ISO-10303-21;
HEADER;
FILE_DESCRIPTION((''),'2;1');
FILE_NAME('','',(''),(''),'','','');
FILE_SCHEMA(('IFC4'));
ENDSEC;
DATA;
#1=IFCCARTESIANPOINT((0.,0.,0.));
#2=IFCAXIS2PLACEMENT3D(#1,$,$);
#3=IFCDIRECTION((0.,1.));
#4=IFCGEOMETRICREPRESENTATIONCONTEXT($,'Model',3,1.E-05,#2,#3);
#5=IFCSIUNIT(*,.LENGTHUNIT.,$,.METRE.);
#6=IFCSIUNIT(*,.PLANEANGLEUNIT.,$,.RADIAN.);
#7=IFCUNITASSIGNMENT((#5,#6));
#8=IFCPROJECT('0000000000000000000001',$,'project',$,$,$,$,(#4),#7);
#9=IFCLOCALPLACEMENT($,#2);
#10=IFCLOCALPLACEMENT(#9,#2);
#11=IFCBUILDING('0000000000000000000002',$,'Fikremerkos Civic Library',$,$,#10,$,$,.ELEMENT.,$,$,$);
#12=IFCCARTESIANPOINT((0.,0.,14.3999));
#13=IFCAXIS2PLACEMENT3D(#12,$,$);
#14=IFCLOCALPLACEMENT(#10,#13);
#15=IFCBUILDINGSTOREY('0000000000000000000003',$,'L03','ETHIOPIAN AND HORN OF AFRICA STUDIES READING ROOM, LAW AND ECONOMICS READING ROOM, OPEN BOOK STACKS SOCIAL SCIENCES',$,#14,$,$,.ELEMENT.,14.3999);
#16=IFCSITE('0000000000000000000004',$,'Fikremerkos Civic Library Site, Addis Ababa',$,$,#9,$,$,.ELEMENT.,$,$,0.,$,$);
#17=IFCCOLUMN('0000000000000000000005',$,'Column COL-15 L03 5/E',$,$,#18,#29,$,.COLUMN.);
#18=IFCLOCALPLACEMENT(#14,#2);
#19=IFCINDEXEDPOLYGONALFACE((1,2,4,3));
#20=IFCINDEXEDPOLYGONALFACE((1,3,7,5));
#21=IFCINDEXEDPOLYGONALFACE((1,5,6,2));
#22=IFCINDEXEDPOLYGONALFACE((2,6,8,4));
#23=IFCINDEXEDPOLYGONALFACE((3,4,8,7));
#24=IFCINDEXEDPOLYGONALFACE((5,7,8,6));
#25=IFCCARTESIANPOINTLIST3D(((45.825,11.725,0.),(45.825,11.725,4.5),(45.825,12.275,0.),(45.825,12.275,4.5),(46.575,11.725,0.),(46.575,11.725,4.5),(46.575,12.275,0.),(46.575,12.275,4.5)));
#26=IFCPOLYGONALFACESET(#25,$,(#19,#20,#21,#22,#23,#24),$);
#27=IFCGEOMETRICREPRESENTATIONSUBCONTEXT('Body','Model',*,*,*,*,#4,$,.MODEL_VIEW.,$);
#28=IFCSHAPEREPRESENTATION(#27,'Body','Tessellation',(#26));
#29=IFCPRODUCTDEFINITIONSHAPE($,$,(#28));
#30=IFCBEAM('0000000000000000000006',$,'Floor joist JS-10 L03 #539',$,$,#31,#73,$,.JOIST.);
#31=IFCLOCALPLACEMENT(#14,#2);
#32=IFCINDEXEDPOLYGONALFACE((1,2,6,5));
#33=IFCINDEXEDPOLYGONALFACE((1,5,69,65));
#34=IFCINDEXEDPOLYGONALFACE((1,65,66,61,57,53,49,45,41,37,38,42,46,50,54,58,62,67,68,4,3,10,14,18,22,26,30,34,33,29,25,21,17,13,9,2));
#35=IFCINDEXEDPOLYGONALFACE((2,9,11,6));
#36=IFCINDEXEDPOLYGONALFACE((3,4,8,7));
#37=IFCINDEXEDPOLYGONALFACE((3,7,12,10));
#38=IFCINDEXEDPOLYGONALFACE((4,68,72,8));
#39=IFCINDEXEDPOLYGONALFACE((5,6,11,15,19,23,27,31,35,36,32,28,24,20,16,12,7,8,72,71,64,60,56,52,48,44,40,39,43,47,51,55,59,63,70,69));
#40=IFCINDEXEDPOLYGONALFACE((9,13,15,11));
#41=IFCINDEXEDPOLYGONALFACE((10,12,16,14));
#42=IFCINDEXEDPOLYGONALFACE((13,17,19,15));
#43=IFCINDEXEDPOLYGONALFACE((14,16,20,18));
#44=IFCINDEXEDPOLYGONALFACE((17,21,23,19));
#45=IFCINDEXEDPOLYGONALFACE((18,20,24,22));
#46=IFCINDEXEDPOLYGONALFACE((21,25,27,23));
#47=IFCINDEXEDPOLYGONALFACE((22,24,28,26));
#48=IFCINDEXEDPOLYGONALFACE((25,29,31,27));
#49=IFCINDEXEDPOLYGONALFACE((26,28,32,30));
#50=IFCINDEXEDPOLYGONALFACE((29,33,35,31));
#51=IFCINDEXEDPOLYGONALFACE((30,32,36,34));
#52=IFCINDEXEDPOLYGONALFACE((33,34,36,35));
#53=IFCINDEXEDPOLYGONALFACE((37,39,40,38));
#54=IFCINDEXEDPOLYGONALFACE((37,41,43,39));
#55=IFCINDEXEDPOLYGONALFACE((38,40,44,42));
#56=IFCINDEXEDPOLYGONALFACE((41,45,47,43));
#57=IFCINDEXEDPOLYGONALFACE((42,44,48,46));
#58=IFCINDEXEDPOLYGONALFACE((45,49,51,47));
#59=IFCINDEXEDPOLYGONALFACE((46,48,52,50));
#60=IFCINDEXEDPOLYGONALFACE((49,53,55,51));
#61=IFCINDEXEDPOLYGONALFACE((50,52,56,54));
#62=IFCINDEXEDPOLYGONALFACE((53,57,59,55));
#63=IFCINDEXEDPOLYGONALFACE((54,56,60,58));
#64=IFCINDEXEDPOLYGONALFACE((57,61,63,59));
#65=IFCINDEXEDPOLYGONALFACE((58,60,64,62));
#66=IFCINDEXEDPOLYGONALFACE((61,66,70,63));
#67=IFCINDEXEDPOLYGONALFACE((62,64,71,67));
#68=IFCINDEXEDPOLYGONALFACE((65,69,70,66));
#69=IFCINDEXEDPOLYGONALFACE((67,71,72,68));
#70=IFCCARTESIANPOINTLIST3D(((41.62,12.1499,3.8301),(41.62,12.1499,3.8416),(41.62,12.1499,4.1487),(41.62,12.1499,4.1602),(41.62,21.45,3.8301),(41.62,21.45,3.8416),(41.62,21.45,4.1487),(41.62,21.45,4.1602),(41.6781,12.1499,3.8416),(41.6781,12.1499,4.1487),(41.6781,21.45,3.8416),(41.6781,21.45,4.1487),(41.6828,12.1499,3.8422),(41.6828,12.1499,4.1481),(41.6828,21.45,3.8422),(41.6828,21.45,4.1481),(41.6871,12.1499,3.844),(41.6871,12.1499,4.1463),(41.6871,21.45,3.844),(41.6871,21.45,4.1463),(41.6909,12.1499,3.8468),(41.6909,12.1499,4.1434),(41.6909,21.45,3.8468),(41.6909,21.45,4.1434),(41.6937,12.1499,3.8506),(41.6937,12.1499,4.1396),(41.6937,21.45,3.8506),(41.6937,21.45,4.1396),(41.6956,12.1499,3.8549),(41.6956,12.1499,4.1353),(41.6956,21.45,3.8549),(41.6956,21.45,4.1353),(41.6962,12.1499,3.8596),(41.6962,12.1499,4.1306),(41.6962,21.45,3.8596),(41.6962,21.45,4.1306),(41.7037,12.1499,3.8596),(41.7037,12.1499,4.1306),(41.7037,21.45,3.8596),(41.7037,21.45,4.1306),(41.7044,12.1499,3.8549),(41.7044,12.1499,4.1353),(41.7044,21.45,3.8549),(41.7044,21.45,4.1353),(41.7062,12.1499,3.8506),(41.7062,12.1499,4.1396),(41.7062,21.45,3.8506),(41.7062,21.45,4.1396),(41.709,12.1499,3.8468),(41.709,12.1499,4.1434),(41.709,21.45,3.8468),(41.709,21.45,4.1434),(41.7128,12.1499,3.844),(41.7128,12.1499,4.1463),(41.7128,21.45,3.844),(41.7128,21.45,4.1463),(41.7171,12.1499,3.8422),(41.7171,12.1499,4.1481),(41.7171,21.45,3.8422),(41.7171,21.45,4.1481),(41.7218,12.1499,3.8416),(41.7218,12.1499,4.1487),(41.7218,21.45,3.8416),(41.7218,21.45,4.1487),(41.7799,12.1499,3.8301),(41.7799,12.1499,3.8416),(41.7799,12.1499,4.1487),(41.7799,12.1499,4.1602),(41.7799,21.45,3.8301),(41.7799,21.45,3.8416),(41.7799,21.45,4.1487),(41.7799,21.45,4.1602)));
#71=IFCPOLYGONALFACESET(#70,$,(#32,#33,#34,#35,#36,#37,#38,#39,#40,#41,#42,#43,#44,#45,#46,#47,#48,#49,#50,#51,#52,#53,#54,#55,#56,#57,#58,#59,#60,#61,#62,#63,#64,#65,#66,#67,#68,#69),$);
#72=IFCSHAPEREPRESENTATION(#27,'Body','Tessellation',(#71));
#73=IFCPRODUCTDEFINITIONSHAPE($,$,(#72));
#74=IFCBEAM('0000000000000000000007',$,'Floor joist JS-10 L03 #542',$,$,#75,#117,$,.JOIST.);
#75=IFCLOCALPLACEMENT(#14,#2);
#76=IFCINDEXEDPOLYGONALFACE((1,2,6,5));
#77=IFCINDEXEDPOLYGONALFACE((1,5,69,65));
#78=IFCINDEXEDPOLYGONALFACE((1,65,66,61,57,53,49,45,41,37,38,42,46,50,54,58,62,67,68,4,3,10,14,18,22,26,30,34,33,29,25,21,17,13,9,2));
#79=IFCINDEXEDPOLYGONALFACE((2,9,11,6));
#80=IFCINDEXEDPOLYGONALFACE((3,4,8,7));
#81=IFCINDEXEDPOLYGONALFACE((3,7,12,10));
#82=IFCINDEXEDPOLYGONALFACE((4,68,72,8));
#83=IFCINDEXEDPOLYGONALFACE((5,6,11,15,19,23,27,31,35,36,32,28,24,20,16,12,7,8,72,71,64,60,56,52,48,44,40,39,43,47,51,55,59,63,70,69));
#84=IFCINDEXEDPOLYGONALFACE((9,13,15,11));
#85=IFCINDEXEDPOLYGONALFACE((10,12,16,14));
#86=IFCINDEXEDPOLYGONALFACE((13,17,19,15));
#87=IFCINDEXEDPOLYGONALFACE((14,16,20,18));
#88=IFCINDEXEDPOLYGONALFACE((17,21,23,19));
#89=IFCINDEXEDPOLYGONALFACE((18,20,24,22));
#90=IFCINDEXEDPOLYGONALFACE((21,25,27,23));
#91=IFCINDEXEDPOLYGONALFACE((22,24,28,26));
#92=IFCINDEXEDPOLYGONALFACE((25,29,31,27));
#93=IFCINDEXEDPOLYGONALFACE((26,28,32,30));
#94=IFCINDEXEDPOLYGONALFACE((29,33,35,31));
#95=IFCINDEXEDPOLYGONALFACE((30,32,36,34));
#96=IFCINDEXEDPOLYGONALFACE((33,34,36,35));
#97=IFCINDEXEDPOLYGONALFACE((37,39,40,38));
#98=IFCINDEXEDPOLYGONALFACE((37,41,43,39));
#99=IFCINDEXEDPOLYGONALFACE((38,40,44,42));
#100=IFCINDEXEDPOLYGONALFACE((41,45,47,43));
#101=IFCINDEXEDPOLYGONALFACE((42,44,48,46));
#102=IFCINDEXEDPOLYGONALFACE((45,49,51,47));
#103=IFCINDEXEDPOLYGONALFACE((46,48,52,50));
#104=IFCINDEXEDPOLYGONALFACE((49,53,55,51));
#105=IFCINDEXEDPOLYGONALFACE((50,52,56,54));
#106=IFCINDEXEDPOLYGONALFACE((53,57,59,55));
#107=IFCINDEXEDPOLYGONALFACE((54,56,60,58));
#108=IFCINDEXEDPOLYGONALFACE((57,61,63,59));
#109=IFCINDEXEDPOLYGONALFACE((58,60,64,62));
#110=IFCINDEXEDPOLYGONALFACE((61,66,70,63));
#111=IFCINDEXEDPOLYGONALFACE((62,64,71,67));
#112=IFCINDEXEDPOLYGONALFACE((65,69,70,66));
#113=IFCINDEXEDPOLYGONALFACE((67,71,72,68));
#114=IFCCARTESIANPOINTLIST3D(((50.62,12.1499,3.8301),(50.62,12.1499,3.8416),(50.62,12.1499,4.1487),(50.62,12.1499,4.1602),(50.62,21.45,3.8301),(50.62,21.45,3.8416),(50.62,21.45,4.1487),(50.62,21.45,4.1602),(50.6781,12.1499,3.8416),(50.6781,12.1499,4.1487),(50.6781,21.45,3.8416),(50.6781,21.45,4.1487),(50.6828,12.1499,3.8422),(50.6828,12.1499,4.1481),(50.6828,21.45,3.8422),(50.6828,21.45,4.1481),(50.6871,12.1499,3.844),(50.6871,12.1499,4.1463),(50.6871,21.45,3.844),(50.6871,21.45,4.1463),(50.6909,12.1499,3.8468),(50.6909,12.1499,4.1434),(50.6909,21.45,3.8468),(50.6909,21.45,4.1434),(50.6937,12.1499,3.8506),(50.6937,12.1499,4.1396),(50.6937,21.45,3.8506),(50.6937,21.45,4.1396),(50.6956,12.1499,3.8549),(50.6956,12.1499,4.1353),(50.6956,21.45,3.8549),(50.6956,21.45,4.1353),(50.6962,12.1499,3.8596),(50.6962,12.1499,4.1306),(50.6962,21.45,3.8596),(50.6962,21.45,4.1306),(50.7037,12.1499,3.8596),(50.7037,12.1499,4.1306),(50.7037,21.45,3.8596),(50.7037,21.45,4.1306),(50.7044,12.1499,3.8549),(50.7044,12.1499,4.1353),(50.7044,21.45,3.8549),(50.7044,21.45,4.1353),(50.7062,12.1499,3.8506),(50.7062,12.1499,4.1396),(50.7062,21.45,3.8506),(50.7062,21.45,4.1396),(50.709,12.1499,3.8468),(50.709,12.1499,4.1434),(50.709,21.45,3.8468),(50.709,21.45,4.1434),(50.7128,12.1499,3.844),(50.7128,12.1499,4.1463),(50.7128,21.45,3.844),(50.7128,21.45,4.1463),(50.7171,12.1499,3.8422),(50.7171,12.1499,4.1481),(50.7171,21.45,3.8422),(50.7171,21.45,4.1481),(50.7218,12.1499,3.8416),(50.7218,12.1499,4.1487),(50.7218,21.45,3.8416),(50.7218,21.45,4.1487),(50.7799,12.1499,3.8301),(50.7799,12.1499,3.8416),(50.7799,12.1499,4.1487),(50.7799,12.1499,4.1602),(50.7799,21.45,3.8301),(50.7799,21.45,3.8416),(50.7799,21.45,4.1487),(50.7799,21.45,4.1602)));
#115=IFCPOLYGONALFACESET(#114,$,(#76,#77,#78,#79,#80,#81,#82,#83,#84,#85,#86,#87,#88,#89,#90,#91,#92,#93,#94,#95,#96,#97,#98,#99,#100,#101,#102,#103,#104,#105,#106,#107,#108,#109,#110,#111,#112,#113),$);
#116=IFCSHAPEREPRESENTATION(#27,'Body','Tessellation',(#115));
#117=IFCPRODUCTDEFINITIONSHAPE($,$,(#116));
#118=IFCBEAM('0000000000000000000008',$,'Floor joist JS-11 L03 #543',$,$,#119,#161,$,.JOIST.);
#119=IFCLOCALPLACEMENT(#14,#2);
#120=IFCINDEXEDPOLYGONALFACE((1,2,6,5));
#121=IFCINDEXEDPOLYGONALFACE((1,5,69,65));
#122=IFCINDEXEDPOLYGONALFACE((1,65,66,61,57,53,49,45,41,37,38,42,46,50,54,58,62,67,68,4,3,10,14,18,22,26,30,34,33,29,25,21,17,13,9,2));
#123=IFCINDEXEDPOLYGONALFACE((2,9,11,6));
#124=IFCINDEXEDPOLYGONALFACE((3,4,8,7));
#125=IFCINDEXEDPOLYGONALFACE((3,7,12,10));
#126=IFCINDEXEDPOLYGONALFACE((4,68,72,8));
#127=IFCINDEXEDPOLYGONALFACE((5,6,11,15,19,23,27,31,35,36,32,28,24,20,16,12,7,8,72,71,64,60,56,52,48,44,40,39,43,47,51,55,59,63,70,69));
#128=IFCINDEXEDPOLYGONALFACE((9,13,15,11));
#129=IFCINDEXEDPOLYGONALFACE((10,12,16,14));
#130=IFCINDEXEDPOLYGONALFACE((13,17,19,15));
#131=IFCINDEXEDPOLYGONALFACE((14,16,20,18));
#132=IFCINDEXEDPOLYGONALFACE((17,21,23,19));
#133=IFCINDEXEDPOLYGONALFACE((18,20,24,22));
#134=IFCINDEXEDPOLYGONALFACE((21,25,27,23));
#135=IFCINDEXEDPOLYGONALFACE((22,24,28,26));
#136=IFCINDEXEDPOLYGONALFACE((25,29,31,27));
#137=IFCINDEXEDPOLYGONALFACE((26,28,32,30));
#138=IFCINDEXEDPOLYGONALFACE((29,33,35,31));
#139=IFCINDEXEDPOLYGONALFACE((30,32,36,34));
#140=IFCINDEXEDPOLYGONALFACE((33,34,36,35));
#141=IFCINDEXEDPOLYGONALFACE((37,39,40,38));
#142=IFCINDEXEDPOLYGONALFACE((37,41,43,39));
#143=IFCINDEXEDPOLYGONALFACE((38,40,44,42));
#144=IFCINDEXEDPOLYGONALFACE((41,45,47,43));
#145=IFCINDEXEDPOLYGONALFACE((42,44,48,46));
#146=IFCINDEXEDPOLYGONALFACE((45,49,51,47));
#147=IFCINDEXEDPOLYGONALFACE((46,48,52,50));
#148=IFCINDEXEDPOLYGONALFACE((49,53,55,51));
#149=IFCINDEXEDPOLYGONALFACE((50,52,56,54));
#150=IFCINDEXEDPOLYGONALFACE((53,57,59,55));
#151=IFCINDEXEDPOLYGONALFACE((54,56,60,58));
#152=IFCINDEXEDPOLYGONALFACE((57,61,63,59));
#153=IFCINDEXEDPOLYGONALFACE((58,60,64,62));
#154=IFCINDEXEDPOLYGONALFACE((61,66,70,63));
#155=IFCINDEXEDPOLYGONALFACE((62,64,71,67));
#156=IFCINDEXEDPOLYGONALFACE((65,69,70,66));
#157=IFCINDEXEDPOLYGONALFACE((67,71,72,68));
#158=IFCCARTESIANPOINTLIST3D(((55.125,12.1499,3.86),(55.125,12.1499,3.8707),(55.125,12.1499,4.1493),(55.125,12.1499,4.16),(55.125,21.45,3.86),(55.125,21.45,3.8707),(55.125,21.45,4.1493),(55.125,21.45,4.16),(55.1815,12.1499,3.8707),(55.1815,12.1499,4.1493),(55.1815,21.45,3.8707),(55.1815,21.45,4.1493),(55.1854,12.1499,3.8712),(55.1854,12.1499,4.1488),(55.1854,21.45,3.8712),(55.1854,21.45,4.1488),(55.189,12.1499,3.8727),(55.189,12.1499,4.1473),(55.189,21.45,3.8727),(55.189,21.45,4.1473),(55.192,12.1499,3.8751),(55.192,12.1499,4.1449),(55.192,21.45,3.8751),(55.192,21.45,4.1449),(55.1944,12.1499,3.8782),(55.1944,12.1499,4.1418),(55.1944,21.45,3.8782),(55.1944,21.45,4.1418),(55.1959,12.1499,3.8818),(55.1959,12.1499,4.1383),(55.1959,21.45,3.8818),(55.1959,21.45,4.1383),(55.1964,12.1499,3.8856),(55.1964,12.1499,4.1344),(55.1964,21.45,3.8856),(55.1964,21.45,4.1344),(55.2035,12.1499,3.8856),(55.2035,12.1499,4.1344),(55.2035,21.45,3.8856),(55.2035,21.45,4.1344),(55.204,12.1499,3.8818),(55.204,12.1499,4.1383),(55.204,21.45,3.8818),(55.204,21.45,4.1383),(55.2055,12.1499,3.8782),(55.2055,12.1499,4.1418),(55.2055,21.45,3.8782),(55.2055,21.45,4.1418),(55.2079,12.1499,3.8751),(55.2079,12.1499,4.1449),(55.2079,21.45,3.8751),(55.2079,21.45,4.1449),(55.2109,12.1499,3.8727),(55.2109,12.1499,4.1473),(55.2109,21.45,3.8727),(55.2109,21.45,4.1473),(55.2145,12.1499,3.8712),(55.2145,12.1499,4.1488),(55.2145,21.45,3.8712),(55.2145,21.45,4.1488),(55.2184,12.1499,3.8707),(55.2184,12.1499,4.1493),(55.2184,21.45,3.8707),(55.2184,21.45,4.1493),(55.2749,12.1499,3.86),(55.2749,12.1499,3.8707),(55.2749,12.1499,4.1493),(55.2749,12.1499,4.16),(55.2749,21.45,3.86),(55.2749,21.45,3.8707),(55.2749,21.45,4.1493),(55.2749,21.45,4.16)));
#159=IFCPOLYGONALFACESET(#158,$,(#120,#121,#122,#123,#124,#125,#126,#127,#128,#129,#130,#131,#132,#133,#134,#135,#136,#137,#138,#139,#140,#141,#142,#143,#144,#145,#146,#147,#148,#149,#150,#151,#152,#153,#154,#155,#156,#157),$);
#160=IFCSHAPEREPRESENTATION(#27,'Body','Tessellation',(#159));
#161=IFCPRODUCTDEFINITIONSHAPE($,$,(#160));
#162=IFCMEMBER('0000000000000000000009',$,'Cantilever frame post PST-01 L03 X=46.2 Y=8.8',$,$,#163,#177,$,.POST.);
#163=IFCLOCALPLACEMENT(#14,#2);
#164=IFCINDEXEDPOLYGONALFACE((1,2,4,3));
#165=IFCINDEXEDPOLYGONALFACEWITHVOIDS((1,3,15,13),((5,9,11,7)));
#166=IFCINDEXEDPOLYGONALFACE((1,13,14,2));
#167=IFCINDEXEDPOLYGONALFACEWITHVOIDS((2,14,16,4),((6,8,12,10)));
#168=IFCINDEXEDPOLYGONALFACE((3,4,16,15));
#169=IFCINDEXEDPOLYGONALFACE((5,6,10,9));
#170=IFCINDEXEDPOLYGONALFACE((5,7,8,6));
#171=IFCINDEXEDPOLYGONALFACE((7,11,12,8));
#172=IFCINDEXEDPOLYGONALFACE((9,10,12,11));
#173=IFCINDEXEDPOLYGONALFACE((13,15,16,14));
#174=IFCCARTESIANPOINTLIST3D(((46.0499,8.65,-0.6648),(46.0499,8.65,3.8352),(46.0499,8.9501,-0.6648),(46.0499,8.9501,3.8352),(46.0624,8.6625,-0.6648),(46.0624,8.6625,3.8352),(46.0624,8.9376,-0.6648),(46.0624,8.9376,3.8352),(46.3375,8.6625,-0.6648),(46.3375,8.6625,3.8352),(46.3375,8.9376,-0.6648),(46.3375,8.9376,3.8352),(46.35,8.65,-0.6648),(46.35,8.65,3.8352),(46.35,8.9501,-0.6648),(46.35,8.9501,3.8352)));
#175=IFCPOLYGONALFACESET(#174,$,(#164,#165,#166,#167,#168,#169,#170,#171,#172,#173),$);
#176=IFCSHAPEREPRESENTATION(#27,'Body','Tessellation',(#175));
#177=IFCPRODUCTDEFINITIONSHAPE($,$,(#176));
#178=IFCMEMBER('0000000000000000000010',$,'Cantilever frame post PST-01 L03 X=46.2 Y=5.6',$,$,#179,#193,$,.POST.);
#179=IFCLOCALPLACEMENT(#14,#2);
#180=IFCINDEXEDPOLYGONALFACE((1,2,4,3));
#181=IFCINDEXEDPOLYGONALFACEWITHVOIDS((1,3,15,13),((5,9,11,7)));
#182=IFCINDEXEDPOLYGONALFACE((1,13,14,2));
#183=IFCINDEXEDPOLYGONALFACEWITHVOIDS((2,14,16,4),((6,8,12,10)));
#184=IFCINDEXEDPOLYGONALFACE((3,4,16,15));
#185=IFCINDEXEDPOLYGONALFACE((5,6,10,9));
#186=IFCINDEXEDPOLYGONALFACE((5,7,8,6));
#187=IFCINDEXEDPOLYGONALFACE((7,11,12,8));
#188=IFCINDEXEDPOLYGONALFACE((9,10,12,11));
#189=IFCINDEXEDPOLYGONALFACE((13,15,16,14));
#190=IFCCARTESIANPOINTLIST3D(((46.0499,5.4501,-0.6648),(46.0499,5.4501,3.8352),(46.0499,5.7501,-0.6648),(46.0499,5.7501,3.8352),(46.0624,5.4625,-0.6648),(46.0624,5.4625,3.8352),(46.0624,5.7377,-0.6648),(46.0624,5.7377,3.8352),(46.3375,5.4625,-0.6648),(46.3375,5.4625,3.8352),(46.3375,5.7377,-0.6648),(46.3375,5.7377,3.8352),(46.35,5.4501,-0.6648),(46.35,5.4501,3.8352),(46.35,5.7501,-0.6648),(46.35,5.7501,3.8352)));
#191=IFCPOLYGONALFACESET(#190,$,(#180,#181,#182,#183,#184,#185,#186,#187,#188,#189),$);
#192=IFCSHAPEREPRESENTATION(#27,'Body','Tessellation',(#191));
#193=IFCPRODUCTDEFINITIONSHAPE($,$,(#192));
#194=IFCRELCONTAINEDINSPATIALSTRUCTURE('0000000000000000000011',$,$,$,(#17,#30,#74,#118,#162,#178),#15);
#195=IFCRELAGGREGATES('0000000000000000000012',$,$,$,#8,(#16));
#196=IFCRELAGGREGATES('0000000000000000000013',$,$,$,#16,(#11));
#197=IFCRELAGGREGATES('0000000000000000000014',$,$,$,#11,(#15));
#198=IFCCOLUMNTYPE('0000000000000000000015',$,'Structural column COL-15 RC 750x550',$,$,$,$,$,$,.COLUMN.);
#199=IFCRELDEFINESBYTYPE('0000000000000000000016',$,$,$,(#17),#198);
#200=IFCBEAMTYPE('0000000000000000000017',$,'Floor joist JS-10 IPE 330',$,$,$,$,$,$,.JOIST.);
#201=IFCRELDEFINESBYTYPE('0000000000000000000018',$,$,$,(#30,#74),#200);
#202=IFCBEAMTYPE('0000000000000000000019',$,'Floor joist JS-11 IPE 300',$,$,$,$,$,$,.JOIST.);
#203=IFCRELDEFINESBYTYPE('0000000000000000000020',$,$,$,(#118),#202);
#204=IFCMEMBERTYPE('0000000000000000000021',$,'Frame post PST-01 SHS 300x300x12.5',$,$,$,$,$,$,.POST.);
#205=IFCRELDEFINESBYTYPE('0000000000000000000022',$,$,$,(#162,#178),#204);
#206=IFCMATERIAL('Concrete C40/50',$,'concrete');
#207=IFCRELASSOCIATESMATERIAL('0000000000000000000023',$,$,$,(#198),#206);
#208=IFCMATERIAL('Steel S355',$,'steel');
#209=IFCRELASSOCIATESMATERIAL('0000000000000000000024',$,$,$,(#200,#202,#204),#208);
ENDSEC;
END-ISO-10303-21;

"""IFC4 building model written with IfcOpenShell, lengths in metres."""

from ifc_helpers import new_model, si_unit, direction, frame, origin, origin_2d, place, context, subcontext, project, spatial, rectangle, hollow_rectangle, i_section, extrude, material, material_profile, profile_set, type_object, element, save


model = new_model("IFC4")

# Units and contexts
model_context = context("Model", 3, precision=1e-05, world=origin(), true_north=direction((0.0, 1.0)))
body_context = subcontext(model_context, "Body", "Model", "MODEL_VIEW")
ifc_project = project(units=[si_unit("LENGTHUNIT", "METRE"), si_unit("PLANEANGLEUNIT", "RADIAN")], contexts=[model_context])

# Site, building, storey
site_placement = place(None, origin())
site = spatial("IfcSite", under=ifc_project, at=site_placement, Name="Fikremerkos Civic Library Site, Addis Ababa", CompositionType="ELEMENT", RefElevation=0.0)
building_placement = place(site_placement, origin())
building = spatial("IfcBuilding", under=site, at=building_placement, Name="Fikremerkos Civic Library", CompositionType="ELEMENT")
storey_placement = place(building_placement, frame((0.0, 0.0, 14.3999)))
storey = spatial("IfcBuildingStorey", under=building, at=storey_placement, Name="L03", Description="ETHIOPIAN AND HORN OF AFRICA STUDIES READING ROOM, LAW AND ECONOMICS READING ROOM, OPEN BOOK STACKS SOCIAL SCIENCES", CompositionType="ELEMENT", Elevation=14.3999)

# Column
ifc_material_1 = material(Name="Concrete C40/50", Category="concrete")
ifc_material_profile_1 = material_profile(ifc_material_1, rectangle(XDim=0.75, YDim=0.55, at=origin_2d()), Name="RC 750x550")
ifc_profile_set_1 = profile_set([ifc_material_profile_1], Name="Concrete C40/50")
column_type = type_object("IfcColumnType", Name="Structural column COL-15 RC 750x550", PredefinedType="COLUMN", material=ifc_profile_set_1)
column_placement = place(storey_placement, frame((46.2, 12.0, 0.0), z_axis=(0.0, 0.0, 1.0), x_axis=(1.0, 0.0, 0.0)))
element("IfcColumn", 1, at=column_placement, inside=storey, type_object=column_type, Name="Column COL-15 L03 5/E", PredefinedType="COLUMN", context=body_context, shape_type="SweptSolid", body=[
    extrude(rectangle(XDim=0.75, YDim=0.55, at=origin_2d()), origin(), (0.0, 0.0, 1.0), 4.5),
])

# Beams
ifc_material_2 = material(Name="Steel S355", Category="steel")
ifc_material_profile_2 = material_profile(ifc_material_2, i_section(OverallWidth=0.1599, OverallDepth=0.3301, WebThickness=0.0076, FlangeThickness=0.0115, FilletRadius=0.0181, at=origin_2d()), Name="IPE 330")
ifc_profile_set_2 = profile_set([ifc_material_profile_2], Name="Steel S355")
beam_type_1 = type_object("IfcBeamType", Name="Floor joist JS-10 IPE 330", PredefinedType="JOIST", material=ifc_profile_set_2)
for number, where, z_axis, x_axis, name in (
    (2, (41.7, 12.1499, 3.9951), (0.0, 1.0, 0.0), (-1.0, 0.0, 0.0), "Floor joist JS-10 L03 #539"),
    (3, (50.7, 12.1499, 3.9951), (0.0, 1.0, 0.0), (-1.0, 0.0, 0.0), "Floor joist JS-10 L03 #542"),
):
    element("IfcBeam", number, at=place(storey_placement, frame(where, z_axis=z_axis, x_axis=x_axis)), inside=storey, type_object=beam_type_1, Name=name, PredefinedType="JOIST", context=body_context, shape_type="SweptSolid", body=[
        extrude(i_section(OverallWidth=0.1599, OverallDepth=0.3301, WebThickness=0.0076, FlangeThickness=0.0115, FilletRadius=0.0181, at=origin_2d()), origin(), (0.0, 0.0, 1.0), 9.3),
    ])
ifc_material_profile_3 = material_profile(ifc_material_2, i_section(OverallWidth=0.1499, OverallDepth=0.3, WebThickness=0.0071, FlangeThickness=0.0107, FilletRadius=0.0149, at=origin_2d()), Name="IPE 300")
ifc_profile_set_3 = profile_set([ifc_material_profile_3], Name="Steel S355")
beam_type_2 = type_object("IfcBeamType", Name="Floor joist JS-11 IPE 300", PredefinedType="JOIST", material=ifc_profile_set_3)
beam_1_placement = place(storey_placement, frame((55.2, 12.1499, 4.01), z_axis=(0.0, 1.0, 0.0), x_axis=(-1.0, 0.0, 0.0)))
element("IfcBeam", 4, at=beam_1_placement, inside=storey, type_object=beam_type_2, Name="Floor joist JS-11 L03 #543", PredefinedType="JOIST", context=body_context, shape_type="SweptSolid", body=[
    extrude(i_section(OverallWidth=0.1499, OverallDepth=0.3, WebThickness=0.0071, FlangeThickness=0.0107, FilletRadius=0.0149, at=origin_2d()), origin(), (0.0, 0.0, 1.0), 9.3),
])

# Members
ifc_material_profile_4 = material_profile(ifc_material_2, hollow_rectangle(XDim=0.3, YDim=0.3, WallThickness=0.0125, at=origin_2d()), Name="SHS 300x300x12.5")
ifc_profile_set_4 = profile_set([ifc_material_profile_4], Name="Steel S355")
member_type = type_object("IfcMemberType", Name="Frame post PST-01 SHS 300x300x12.5", PredefinedType="POST", material=ifc_profile_set_4)
for number, where, z_axis, x_axis, name in (
    (5, (46.2, 8.8, -0.6648), (0.0, 0.0, 1.0), (1.0, 0.0, 0.0), "Cantilever frame post PST-01 L03 X=46.2 Y=8.8"),
    (6, (46.2, 5.6001, -0.6648), (0.0, 0.0, 1.0), (1.0, 0.0, 0.0), "Cantilever frame post PST-01 L03 X=46.2 Y=5.6"),
):
    element("IfcMember", number, at=place(storey_placement, frame(where, z_axis=z_axis, x_axis=x_axis)), inside=storey, type_object=member_type, Name=name, PredefinedType="POST", context=body_context, shape_type="SweptSolid", body=[
        extrude(hollow_rectangle(XDim=0.3, YDim=0.3, WallThickness=0.0125, at=origin_2d()), origin(), (0.0, 0.0, 1.0), 4.5),
    ])

save(model, "model.ifc")
